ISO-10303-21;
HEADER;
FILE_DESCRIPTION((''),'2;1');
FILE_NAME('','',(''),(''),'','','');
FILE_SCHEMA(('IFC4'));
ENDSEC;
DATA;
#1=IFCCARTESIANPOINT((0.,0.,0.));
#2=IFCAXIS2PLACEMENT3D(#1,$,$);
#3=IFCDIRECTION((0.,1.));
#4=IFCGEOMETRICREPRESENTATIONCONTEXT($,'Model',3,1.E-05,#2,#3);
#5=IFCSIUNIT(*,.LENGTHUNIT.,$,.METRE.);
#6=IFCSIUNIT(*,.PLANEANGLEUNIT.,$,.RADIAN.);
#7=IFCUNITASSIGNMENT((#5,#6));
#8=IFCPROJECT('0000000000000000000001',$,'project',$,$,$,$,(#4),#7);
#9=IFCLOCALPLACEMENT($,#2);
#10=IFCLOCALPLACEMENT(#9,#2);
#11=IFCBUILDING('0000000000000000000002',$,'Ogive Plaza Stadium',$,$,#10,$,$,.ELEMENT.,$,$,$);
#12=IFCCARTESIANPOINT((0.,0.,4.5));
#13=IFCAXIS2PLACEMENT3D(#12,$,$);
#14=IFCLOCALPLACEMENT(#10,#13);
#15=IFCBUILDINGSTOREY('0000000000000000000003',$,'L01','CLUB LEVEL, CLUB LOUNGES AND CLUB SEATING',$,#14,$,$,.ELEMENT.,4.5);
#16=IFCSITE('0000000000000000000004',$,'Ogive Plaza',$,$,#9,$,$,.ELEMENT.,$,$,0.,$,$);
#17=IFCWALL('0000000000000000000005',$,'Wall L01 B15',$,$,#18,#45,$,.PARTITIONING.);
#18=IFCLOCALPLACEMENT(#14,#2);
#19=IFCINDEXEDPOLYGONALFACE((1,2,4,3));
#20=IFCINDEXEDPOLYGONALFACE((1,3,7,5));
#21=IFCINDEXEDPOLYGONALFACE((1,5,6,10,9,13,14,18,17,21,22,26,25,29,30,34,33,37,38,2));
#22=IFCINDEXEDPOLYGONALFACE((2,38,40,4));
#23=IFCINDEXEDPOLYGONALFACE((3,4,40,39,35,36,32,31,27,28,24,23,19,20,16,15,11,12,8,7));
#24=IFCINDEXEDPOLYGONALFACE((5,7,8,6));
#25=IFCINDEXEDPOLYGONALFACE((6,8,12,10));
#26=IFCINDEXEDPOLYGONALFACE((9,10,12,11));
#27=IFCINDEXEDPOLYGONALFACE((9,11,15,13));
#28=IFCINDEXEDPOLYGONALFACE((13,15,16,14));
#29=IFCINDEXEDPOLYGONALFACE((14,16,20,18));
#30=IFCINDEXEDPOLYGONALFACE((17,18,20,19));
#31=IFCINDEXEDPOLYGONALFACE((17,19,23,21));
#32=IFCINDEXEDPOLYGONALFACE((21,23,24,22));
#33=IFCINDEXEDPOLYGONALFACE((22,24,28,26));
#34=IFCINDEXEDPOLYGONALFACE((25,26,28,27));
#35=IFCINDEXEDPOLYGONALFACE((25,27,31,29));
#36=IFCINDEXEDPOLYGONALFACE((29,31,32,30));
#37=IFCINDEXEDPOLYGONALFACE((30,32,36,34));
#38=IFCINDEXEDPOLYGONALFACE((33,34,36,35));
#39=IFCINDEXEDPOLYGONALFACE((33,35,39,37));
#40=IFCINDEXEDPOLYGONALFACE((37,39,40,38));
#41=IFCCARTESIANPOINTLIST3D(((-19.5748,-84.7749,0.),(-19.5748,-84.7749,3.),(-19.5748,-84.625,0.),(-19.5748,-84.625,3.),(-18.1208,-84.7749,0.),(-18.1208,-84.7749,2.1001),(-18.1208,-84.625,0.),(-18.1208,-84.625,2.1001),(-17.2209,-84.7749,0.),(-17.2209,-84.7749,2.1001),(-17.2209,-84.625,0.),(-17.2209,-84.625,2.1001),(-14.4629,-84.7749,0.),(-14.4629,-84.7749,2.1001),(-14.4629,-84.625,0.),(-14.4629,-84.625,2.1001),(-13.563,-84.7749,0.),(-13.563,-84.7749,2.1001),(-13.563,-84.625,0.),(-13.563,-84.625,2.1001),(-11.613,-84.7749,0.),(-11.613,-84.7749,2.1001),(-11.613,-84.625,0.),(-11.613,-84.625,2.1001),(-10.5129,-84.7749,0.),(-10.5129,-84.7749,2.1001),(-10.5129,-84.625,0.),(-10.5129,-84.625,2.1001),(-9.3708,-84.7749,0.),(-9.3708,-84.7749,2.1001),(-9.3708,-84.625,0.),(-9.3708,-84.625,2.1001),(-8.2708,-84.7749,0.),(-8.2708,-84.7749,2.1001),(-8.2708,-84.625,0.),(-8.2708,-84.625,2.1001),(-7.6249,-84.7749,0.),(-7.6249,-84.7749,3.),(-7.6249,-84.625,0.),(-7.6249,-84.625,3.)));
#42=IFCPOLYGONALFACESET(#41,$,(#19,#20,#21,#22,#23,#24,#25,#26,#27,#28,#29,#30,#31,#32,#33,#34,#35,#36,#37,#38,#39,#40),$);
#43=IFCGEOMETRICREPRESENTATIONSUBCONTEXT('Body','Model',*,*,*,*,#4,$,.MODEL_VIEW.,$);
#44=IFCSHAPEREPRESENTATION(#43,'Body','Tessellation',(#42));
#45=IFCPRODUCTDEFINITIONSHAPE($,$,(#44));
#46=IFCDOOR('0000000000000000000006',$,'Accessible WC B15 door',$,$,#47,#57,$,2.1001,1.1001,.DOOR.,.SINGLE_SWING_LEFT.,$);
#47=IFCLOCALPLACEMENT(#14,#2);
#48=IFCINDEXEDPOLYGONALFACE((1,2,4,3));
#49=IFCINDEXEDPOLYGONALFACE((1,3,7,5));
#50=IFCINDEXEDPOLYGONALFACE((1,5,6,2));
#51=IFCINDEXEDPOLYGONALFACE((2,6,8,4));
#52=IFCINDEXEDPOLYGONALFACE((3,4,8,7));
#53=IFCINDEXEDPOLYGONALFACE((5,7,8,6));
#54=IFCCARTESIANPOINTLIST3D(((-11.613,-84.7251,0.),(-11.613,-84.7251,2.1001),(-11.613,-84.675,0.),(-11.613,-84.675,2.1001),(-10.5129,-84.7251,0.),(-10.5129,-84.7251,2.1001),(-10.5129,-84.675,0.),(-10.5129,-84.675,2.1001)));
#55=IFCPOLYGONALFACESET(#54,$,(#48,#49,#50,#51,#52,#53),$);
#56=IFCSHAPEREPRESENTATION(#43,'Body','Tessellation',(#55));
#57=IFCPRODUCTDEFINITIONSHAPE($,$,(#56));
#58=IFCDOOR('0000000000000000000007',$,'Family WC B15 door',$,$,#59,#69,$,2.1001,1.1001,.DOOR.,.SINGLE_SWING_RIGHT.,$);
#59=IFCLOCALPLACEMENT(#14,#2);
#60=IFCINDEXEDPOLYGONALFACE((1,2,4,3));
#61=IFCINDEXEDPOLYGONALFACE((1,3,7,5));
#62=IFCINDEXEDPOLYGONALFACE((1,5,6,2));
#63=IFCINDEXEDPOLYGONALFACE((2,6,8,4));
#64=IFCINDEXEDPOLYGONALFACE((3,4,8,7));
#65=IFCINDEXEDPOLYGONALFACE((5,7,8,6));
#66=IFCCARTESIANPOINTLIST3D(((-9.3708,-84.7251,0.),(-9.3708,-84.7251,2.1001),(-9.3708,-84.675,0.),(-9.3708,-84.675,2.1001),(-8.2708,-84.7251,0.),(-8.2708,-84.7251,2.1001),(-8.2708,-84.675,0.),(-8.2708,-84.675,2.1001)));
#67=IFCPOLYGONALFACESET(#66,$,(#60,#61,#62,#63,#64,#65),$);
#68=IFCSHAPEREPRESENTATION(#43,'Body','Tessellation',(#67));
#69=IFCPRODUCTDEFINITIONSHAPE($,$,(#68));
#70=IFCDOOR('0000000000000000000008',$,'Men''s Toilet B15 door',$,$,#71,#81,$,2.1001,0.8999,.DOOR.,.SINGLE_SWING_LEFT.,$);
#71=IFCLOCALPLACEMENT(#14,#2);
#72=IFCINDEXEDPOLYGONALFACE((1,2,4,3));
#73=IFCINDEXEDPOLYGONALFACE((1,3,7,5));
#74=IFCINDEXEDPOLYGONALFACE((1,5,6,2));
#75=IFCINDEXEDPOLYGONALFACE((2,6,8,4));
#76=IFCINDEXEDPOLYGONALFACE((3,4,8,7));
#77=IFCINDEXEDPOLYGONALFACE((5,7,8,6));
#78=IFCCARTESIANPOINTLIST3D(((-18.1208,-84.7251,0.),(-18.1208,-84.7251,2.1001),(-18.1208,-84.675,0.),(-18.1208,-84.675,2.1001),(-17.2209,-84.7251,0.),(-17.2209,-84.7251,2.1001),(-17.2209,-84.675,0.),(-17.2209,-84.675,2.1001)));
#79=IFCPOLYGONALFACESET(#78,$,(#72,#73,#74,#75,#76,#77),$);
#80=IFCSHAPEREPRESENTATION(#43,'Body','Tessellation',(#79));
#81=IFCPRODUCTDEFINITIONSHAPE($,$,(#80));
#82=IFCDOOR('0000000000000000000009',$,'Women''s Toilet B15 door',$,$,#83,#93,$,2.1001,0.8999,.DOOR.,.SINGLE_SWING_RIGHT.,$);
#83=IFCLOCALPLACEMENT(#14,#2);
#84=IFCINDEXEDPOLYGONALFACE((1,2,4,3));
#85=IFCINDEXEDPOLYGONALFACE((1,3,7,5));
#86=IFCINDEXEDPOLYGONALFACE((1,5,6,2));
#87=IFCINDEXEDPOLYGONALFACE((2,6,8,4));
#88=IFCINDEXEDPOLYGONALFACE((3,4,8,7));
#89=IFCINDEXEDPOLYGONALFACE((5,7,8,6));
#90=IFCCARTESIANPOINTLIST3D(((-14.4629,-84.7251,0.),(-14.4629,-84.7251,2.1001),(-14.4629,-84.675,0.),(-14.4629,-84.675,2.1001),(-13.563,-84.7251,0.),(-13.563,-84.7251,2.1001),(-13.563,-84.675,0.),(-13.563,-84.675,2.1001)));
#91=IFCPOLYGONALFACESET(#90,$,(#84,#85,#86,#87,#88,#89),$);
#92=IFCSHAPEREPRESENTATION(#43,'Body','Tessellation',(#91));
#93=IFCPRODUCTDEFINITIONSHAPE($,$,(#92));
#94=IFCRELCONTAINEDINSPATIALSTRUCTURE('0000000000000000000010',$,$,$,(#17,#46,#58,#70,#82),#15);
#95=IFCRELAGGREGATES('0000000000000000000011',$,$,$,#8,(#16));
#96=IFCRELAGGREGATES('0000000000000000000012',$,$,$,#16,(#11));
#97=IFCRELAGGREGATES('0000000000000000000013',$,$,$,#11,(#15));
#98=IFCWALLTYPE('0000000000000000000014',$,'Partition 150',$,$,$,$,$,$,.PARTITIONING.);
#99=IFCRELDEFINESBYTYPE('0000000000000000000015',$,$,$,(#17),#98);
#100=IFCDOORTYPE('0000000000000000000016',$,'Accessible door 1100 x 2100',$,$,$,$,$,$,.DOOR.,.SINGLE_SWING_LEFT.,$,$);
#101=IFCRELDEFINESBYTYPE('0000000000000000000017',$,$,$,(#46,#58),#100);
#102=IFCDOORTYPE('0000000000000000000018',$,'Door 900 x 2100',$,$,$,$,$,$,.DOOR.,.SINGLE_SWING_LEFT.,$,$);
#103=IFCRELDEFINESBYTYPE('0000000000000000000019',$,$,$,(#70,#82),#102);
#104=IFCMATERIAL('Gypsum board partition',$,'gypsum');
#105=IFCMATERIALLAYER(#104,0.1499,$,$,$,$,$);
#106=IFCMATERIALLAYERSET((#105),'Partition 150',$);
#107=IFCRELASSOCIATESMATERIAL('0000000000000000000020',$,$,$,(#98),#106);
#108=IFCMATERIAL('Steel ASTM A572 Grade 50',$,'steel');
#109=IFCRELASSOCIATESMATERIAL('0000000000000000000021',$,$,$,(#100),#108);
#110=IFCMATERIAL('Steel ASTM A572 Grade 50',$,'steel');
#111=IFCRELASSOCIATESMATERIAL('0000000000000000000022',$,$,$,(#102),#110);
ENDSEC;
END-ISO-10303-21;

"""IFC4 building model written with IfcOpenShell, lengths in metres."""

from ifc_helpers import new_model, si_unit, direction, frame, frame_2d, origin, place, context, subcontext, project, spatial, rectangle, extrude, material, layer, layer_set, type_object, element, fill, save


model = new_model("IFC4")

# Units and contexts
model_context = context("Model", 3, precision=1e-05, world=origin(), true_north=direction((0.0, 1.0)))
body_context = subcontext(model_context, "Body", "Model", "MODEL_VIEW")
ifc_project = project(units=[si_unit("LENGTHUNIT", "METRE"), si_unit("PLANEANGLEUNIT", "RADIAN")], contexts=[model_context])

# Site, building, storey
site_placement = place(None, origin())
site = spatial("IfcSite", under=ifc_project, at=site_placement, Name="Ogive Plaza", CompositionType="ELEMENT", RefElevation=0.0)
building_placement = place(site_placement, origin())
building = spatial("IfcBuilding", under=site, at=building_placement, Name="Ogive Plaza Stadium", CompositionType="ELEMENT")
storey_placement = place(building_placement, frame((0.0, 0.0, 4.5)))
storey = spatial("IfcBuildingStorey", under=building, at=storey_placement, Name="L01", Description="CLUB LEVEL, CLUB LOUNGES AND CLUB SEATING", CompositionType="ELEMENT", Elevation=4.5)

# Wall, openings, doors
ifc_material_1 = material(Name="Gypsum board partition", Category="gypsum")
ifc_layer_1 = layer(ifc_material_1, 0.1499)
ifc_layer_set_1 = layer_set([ifc_layer_1], Name="Partition 150")
wall_type_1 = type_object("IfcWallType", Name="Partition 150", PredefinedType="PARTITIONING", material=ifc_layer_set_1)
wall_1_placement = place(storey_placement, frame((-19.575, -84.7, 0.0), z_axis=(0.0, 0.0, 1.0), x_axis=(1.0, 0.0, 0.0)))
wall_1 = element("IfcWall", 1, at=wall_1_placement, inside=storey, type_object=wall_type_1, Name="Wall L01 B15", PredefinedType="PARTITIONING", context=body_context, shape_type="SweptSolid", body=[
    extrude(rectangle(XDim=11.95, YDim=0.1499, at=frame_2d((5.9751, 0.0))), origin(), (0.0, 0.0, 1.0), 3.0),
])
opening_1_placement = place(wall_1_placement, frame((1.4541, 0.0, 0.0)))
opening_1 = element("IfcOpeningElement", 2, at=opening_1_placement, cuts=wall_1, PredefinedType="OPENING", context=body_context, shape_type="SweptSolid", body=[
    extrude(rectangle(XDim=0.8999, YDim=2.1001, at=frame_2d((0.45, 1.05))), frame((0.0, 0.075, 0.0), z_axis=(0.0, -1.0, 0.0), x_axis=(1.0, 0.0, 0.0)), (0.0, 0.0, 1.0), 0.1499),
])
opening_2_placement = place(wall_1_placement, frame((5.1121, 0.0, 0.0)))
opening_2 = element("IfcOpeningElement", 3, at=opening_2_placement, cuts=wall_1, PredefinedType="OPENING", context=body_context, shape_type="SweptSolid", body=[
    extrude(rectangle(XDim=0.8999, YDim=2.1001, at=frame_2d((0.45, 1.05))), frame((0.0, 0.075, 0.0), z_axis=(0.0, -1.0, 0.0), x_axis=(1.0, 0.0, 0.0)), (0.0, 0.0, 1.0), 0.1499),
])
opening_3_placement = place(wall_1_placement, frame((7.9619, 0.0, 0.0)))
opening_3 = element("IfcOpeningElement", 4, at=opening_3_placement, cuts=wall_1, PredefinedType="OPENING", context=body_context, shape_type="SweptSolid", body=[
    extrude(rectangle(XDim=1.1001, YDim=2.1001, at=frame_2d((0.55, 1.05))), frame((0.0, 0.075, 0.0), z_axis=(0.0, -1.0, 0.0), x_axis=(1.0, 0.0, 0.0)), (0.0, 0.0, 1.0), 0.1499),
])
opening_4_placement = place(wall_1_placement, frame((10.2041, 0.0, 0.0)))
opening_4 = element("IfcOpeningElement", 5, at=opening_4_placement, cuts=wall_1, PredefinedType="OPENING", context=body_context, shape_type="SweptSolid", body=[
    extrude(rectangle(XDim=1.1001, YDim=2.1001, at=frame_2d((0.55, 1.05))), frame((0.0, 0.075, 0.0), z_axis=(0.0, -1.0, 0.0), x_axis=(1.0, 0.0, 0.0)), (0.0, 0.0, 1.0), 0.1499),
])
ifc_material_2 = material(Name="Steel ASTM A572 Grade 50", Category="steel")
door_type_1 = type_object("IfcDoorType", Name="Accessible door 1100 x 2100", OperationType="SINGLE_SWING_LEFT", PredefinedType="DOOR", material=ifc_material_2)
door_1_placement = place(opening_3_placement, origin())
door_1 = element("IfcDoor", 6, at=door_1_placement, inside=storey, type_object=door_type_1, Name="Accessible WC B15 door", OperationType="SINGLE_SWING_LEFT", OverallHeight=2.1001, OverallWidth=1.1001, PredefinedType="DOOR", context=body_context, shape_type="SweptSolid", body=[
    extrude(rectangle(XDim=1.1001, YDim=2.1001, at=frame_2d((0.55, 1.05))), frame((0.0, 0.0249, 0.0), z_axis=(0.0, -1.0, 0.0), x_axis=(1.0, 0.0, 0.0)), (0.0, 0.0, 1.0), 0.05),
])
fill(opening_3, door_1)
door_2_placement = place(opening_4_placement, origin())
door_2 = element("IfcDoor", 7, at=door_2_placement, inside=storey, type_object=door_type_1, Name="Family WC B15 door", OperationType="SINGLE_SWING_RIGHT", OverallHeight=2.1001, OverallWidth=1.1001, PredefinedType="DOOR", context=body_context, shape_type="SweptSolid", body=[
    extrude(rectangle(XDim=1.1001, YDim=2.1001, at=frame_2d((0.55, 1.05))), frame((0.0, 0.0249, 0.0), z_axis=(0.0, -1.0, 0.0), x_axis=(1.0, 0.0, 0.0)), (0.0, 0.0, 1.0), 0.05),
])
fill(opening_4, door_2)
ifc_material_3 = material(Name="Steel ASTM A572 Grade 50", Category="steel")
door_type_2 = type_object("IfcDoorType", Name="Door 900 x 2100", OperationType="SINGLE_SWING_LEFT", PredefinedType="DOOR", material=ifc_material_3)
door_3_placement = place(opening_1_placement, origin())
door_3 = element("IfcDoor", 8, at=door_3_placement, inside=storey, type_object=door_type_2, Name="Men's Toilet B15 door", OperationType="SINGLE_SWING_LEFT", OverallHeight=2.1001, OverallWidth=0.8999, PredefinedType="DOOR", context=body_context, shape_type="SweptSolid", body=[
    extrude(rectangle(XDim=0.8999, YDim=2.1001, at=frame_2d((0.45, 1.05))), frame((0.0, 0.0249, 0.0), z_axis=(0.0, -1.0, 0.0), x_axis=(1.0, 0.0, 0.0)), (0.0, 0.0, 1.0), 0.05),
])
fill(opening_1, door_3)
door_4_placement = place(opening_2_placement, origin())
door_4 = element("IfcDoor", 9, at=door_4_placement, inside=storey, type_object=door_type_2, Name="Women's Toilet B15 door", OperationType="SINGLE_SWING_RIGHT", OverallHeight=2.1001, OverallWidth=0.8999, PredefinedType="DOOR", context=body_context, shape_type="SweptSolid", body=[
    extrude(rectangle(XDim=0.8999, YDim=2.1001, at=frame_2d((0.45, 1.05))), frame((0.0, 0.0249, 0.0), z_axis=(0.0, -1.0, 0.0), x_axis=(1.0, 0.0, 0.0)), (0.0, 0.0, 1.0), 0.05),
])
fill(opening_2, door_4)

save(model, "model.ifc")
